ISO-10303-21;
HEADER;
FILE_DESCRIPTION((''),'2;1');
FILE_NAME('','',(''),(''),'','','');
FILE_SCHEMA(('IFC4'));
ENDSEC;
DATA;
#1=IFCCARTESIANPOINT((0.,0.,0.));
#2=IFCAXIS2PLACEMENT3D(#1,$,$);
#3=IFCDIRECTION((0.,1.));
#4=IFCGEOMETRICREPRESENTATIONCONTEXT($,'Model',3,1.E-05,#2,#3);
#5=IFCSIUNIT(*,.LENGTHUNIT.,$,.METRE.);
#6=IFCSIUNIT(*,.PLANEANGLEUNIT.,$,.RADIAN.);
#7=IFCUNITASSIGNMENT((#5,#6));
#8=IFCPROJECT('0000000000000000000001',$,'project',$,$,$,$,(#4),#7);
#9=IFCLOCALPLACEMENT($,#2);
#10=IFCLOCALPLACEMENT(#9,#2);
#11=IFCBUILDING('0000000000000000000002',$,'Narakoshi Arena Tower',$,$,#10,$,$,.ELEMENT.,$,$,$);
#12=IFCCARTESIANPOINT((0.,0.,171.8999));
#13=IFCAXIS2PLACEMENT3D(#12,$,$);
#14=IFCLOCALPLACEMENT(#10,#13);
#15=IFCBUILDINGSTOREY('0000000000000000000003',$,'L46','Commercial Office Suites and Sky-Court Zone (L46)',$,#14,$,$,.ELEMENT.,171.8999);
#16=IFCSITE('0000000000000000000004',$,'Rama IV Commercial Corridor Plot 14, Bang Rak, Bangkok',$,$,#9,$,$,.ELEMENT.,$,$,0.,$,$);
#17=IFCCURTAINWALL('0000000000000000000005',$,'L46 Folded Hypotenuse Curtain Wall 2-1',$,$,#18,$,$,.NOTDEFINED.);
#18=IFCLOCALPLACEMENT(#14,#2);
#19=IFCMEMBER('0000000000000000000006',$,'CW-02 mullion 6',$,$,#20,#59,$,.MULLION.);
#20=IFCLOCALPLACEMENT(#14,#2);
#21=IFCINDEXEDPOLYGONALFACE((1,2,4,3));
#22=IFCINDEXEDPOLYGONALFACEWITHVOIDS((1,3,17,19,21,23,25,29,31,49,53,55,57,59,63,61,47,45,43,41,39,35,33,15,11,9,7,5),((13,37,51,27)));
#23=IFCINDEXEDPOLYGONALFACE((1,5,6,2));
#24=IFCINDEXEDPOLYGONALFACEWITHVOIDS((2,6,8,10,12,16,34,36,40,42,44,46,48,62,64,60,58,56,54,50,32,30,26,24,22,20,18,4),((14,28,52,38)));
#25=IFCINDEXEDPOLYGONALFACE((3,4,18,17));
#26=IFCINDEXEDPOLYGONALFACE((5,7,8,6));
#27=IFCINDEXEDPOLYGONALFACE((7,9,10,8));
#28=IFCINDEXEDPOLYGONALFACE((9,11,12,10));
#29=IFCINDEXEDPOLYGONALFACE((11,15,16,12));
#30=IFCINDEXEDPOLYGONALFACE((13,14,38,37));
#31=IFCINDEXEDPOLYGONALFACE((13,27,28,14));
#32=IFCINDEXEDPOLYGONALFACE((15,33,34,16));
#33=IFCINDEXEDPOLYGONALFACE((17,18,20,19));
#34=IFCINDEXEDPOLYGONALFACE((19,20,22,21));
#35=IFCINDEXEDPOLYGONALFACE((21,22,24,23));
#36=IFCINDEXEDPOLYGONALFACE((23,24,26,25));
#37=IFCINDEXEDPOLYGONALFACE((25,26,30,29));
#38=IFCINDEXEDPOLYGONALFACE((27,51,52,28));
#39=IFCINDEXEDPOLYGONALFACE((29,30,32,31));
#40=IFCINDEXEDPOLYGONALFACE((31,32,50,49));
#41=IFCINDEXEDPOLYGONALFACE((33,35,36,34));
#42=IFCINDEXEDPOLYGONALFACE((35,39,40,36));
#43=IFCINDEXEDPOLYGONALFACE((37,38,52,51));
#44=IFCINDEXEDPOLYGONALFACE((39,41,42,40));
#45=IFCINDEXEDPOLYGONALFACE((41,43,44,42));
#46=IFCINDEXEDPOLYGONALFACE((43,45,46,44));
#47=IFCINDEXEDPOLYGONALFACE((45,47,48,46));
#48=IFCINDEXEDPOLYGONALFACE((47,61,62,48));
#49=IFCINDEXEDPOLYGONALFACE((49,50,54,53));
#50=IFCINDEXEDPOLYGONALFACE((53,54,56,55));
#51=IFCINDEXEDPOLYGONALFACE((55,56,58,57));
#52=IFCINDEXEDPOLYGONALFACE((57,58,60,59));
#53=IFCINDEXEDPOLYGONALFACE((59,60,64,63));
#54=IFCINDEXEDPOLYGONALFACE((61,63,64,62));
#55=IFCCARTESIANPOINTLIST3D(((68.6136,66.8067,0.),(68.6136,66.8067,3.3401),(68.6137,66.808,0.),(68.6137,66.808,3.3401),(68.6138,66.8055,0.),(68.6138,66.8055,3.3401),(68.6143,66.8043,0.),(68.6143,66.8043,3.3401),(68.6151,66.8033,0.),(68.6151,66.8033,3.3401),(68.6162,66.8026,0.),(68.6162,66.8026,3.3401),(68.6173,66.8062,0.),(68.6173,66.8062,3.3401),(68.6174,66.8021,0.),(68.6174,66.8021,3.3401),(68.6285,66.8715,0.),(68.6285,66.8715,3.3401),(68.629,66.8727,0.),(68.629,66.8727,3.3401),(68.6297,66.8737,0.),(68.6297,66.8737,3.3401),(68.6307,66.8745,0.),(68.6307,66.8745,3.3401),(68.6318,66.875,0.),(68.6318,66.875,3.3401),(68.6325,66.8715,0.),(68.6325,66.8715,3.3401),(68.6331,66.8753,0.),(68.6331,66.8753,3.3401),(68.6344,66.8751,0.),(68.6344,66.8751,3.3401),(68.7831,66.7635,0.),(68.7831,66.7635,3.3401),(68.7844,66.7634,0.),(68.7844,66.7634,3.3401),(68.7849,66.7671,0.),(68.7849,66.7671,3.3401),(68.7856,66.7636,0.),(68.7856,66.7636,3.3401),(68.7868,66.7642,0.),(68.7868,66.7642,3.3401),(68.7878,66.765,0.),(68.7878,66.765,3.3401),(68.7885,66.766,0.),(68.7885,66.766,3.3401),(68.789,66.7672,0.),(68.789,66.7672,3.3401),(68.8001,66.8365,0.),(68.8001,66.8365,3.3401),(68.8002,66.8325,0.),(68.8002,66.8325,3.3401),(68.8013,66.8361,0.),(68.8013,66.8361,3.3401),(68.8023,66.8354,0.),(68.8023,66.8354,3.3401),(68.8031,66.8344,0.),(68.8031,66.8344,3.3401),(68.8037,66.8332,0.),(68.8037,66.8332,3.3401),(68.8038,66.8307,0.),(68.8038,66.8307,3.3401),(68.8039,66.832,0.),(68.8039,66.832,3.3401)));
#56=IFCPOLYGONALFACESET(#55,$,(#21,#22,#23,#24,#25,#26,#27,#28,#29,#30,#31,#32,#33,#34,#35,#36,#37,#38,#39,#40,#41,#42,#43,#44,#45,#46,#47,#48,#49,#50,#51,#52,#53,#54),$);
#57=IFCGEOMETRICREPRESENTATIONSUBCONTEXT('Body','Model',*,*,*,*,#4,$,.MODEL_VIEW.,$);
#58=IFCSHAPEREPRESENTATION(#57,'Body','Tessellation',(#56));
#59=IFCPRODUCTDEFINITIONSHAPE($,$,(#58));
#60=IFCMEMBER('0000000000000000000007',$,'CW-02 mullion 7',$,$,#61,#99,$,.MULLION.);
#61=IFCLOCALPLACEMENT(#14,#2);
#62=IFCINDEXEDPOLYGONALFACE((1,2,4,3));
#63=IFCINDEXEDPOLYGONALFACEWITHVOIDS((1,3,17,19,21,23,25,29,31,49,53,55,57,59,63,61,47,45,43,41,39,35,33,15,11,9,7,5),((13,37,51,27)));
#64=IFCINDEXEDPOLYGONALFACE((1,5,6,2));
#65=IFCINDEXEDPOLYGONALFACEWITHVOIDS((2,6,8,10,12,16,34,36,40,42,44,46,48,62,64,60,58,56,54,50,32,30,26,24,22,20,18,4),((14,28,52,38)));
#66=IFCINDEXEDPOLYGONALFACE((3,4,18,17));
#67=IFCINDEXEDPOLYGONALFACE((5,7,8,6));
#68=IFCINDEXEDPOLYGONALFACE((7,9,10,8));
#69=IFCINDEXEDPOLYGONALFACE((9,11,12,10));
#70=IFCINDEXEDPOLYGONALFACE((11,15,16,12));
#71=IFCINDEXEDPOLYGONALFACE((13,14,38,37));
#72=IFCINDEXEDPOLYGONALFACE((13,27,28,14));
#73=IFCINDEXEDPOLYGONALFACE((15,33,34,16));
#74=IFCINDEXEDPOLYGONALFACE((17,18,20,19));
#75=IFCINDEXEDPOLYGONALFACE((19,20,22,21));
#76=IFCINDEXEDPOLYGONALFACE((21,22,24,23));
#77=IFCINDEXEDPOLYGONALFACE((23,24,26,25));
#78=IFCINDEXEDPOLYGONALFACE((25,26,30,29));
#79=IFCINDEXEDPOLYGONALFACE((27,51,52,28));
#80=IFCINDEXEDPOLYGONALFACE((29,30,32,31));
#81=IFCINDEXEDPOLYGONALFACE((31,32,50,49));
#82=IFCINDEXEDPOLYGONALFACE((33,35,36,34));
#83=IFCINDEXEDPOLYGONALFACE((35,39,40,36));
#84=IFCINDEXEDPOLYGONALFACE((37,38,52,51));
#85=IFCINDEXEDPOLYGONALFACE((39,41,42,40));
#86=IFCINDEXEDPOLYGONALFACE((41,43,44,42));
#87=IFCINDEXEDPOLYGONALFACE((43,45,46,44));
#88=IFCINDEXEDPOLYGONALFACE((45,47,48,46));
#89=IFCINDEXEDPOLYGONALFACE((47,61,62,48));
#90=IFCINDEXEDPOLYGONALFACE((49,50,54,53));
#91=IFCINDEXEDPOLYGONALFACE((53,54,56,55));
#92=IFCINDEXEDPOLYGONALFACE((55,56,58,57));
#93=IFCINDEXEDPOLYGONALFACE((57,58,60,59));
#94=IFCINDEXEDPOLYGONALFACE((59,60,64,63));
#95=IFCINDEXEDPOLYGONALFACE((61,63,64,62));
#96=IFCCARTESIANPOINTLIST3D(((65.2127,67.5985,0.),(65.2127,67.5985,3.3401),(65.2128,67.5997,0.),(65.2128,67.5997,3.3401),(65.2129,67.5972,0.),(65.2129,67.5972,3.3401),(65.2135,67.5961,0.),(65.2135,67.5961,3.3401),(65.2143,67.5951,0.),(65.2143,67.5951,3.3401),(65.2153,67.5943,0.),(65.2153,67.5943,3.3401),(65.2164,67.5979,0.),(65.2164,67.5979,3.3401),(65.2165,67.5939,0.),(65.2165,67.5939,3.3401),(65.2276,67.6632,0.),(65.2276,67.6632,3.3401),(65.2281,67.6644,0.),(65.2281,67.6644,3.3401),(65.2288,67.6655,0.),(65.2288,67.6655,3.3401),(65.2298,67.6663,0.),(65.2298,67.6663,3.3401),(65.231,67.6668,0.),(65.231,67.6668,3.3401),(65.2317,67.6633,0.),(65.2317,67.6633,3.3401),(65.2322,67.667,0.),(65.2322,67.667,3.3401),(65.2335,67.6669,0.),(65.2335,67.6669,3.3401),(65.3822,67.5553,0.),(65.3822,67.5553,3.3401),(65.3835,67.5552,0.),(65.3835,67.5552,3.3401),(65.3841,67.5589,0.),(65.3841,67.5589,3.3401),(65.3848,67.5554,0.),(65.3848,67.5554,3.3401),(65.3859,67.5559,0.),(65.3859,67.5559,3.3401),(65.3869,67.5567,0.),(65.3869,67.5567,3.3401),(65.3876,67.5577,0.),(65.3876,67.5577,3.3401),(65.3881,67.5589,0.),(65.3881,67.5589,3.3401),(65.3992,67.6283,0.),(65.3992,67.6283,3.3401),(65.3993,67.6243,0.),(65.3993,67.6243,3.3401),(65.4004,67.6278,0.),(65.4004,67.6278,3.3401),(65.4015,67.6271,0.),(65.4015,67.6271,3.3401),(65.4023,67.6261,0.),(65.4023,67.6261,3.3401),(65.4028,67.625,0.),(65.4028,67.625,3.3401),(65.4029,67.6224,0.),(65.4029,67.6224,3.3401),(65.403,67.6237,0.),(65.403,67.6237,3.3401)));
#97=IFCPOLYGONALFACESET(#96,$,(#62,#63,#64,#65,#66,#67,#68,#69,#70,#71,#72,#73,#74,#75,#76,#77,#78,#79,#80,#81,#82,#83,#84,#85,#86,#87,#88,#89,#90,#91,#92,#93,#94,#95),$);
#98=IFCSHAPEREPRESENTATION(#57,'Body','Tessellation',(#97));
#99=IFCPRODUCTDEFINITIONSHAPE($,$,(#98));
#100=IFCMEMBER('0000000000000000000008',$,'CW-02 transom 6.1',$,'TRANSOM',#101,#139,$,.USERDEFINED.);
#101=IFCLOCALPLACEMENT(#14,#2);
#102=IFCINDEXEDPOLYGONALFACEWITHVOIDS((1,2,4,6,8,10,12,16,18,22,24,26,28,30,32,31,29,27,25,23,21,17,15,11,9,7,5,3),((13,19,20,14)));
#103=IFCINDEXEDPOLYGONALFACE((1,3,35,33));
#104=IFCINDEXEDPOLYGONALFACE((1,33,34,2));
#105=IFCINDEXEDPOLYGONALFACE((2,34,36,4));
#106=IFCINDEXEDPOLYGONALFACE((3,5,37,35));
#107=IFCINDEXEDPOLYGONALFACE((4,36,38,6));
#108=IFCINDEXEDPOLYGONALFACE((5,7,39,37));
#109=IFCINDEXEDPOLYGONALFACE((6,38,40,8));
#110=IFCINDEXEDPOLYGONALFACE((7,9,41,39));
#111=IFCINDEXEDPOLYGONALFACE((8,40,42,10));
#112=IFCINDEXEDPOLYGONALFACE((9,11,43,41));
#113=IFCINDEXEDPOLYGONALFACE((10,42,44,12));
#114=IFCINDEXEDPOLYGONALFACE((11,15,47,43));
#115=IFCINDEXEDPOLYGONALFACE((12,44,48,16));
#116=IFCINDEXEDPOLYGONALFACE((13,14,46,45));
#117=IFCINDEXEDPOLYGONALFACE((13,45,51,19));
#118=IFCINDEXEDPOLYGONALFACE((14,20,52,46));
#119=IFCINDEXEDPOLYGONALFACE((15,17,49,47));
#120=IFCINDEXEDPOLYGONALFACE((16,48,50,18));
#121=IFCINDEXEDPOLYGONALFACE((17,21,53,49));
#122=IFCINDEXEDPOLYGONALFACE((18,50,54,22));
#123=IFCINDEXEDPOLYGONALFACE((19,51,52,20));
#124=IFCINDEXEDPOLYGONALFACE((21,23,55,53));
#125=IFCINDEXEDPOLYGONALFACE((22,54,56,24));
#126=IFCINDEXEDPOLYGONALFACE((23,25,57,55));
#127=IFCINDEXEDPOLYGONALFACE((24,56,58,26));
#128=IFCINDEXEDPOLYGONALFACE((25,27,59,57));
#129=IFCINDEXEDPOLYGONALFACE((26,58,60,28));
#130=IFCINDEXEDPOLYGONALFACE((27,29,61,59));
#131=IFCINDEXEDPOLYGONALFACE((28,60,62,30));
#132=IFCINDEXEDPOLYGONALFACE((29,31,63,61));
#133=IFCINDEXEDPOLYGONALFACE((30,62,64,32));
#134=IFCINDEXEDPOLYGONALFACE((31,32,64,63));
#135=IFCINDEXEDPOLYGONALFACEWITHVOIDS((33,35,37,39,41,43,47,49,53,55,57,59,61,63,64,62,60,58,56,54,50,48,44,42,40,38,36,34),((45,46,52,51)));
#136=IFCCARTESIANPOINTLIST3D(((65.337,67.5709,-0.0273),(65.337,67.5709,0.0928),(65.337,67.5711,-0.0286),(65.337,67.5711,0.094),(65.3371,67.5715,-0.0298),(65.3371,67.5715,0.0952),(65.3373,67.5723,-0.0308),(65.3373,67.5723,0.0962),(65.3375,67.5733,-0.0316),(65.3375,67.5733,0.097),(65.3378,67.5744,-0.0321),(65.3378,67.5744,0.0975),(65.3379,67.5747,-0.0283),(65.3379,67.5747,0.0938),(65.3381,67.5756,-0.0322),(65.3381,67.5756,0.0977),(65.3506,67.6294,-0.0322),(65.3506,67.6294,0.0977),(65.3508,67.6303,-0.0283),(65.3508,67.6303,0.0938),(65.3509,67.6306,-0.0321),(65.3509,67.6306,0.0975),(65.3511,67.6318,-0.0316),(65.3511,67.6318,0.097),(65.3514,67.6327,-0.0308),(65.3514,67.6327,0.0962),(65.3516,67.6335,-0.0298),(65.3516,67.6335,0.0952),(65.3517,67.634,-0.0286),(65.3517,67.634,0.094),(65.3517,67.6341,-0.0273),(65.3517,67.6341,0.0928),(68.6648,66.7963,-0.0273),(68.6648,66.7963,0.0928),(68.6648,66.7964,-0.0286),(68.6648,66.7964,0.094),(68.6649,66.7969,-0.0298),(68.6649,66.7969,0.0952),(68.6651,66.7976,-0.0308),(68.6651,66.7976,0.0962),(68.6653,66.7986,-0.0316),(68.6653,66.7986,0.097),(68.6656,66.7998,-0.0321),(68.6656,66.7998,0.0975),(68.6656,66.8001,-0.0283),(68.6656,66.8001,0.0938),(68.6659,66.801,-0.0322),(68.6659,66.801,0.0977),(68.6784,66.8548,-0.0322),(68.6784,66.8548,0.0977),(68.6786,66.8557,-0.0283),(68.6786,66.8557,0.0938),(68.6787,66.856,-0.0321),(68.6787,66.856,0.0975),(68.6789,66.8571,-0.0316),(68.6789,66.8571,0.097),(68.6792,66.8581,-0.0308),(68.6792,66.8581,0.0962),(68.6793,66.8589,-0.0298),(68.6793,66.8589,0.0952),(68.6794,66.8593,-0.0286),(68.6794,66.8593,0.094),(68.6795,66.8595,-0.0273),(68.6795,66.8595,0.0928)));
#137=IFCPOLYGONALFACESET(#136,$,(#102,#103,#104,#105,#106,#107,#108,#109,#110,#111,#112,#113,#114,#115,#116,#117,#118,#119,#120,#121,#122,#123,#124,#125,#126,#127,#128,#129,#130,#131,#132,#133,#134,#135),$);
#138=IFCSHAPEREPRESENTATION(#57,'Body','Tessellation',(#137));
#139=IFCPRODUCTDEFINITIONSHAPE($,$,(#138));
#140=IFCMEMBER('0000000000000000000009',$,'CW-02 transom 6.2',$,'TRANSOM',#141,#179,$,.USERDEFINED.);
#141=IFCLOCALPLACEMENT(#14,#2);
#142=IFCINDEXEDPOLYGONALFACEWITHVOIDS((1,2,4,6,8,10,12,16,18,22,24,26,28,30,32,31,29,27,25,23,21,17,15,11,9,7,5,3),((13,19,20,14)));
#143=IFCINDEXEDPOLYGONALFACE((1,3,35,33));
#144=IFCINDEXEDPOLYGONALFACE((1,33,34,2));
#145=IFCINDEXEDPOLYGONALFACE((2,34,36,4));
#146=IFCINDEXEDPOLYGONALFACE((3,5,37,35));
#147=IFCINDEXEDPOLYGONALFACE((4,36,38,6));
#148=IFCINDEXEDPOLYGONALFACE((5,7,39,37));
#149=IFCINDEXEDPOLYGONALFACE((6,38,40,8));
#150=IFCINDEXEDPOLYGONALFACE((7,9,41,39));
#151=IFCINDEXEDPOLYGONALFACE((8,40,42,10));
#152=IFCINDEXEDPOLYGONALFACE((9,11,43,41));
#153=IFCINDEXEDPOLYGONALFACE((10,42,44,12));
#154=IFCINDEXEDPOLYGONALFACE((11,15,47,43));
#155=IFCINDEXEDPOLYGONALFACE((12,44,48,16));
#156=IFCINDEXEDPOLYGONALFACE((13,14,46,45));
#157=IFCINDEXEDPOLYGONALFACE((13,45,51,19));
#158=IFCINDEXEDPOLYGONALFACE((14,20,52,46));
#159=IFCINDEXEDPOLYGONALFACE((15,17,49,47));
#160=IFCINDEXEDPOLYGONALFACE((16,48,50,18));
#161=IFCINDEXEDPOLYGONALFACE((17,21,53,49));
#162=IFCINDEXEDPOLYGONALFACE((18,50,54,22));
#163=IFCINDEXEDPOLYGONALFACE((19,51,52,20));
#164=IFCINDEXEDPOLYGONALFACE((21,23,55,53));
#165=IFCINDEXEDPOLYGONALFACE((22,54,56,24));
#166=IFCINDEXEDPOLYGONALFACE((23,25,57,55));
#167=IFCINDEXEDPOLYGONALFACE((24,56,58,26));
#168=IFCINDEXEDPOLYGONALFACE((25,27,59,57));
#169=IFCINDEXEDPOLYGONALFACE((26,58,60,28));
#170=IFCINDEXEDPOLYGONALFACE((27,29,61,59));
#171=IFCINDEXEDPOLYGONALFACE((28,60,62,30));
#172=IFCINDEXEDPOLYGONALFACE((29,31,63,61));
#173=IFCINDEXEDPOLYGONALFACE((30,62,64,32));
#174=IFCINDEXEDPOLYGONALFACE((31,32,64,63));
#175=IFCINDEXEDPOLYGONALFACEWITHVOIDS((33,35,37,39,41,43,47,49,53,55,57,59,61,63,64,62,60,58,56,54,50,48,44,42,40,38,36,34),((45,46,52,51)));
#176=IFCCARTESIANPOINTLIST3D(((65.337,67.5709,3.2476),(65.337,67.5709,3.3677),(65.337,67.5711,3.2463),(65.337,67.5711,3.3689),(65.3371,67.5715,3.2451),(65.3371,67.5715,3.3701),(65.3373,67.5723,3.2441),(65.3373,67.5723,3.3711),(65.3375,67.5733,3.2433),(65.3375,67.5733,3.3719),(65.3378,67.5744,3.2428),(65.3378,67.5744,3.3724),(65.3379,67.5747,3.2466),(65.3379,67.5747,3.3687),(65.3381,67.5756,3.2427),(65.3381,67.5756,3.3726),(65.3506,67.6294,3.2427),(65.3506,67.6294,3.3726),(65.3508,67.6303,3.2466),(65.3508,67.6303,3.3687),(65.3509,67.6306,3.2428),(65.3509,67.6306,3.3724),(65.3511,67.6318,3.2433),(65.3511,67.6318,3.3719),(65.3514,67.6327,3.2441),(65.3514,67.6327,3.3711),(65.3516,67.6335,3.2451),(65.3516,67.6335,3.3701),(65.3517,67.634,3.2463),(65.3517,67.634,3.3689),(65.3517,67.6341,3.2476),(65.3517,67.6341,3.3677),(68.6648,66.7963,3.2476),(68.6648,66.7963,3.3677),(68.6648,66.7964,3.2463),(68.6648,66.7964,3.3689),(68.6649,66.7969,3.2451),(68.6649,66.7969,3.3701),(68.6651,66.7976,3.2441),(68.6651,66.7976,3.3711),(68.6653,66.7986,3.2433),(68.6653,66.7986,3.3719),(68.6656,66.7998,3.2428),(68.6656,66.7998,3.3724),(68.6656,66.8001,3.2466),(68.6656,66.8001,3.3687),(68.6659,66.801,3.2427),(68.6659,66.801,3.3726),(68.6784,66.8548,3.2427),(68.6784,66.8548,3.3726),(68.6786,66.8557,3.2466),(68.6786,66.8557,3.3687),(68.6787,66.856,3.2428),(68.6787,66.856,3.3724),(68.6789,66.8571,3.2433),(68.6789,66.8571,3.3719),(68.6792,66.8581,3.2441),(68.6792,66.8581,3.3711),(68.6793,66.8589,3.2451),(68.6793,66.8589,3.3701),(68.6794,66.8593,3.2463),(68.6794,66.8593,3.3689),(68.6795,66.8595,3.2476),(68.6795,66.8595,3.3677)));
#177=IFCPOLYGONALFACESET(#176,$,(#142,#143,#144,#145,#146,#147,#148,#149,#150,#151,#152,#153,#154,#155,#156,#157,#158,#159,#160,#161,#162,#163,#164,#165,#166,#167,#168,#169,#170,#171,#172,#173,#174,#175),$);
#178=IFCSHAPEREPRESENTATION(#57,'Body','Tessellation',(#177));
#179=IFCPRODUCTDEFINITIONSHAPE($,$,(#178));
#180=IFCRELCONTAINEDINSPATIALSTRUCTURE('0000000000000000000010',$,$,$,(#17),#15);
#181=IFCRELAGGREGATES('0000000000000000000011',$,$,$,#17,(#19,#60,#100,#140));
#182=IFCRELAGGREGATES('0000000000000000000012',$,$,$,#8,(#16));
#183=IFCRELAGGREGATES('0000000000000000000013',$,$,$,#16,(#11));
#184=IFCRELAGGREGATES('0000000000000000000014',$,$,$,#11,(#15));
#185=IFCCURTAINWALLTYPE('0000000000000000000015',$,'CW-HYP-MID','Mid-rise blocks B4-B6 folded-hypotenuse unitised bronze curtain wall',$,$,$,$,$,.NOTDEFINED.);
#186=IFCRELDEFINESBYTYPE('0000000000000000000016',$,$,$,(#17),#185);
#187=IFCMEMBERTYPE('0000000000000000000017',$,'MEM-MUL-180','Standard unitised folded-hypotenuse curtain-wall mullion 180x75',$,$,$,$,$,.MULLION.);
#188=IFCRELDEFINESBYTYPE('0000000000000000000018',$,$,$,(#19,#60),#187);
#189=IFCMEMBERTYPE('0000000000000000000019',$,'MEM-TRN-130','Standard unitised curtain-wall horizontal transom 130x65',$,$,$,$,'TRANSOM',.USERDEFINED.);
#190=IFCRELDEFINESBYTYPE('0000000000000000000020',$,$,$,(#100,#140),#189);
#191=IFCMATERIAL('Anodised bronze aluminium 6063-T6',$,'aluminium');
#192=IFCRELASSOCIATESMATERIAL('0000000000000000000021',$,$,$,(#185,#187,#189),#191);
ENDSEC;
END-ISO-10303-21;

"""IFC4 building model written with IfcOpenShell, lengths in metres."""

from ifc_helpers import new_model, si_unit, direction, frame, origin, origin_2d, place, context, subcontext, project, spatial, hollow_rectangle, extrude, material, material_profile, profile_set, type_object, element, aggregate, save


model = new_model("IFC4")

# Units and contexts
model_context = context("Model", 3, precision=1e-05, world=origin(), true_north=direction((0.0, 1.0)))
body_context = subcontext(model_context, "Body", "Model", "MODEL_VIEW")
ifc_project = project(units=[si_unit("LENGTHUNIT", "METRE"), si_unit("PLANEANGLEUNIT", "RADIAN")], contexts=[model_context])

# Site, building, storey
site_placement = place(None, origin())
site = spatial("IfcSite", under=ifc_project, at=site_placement, Name="Rama IV Commercial Corridor Plot 14, Bang Rak, Bangkok", CompositionType="ELEMENT", RefElevation=0.0)
building_placement = place(site_placement, origin())
building = spatial("IfcBuilding", under=site, at=building_placement, Name="Narakoshi Arena Tower", CompositionType="ELEMENT")
storey_placement = place(building_placement, frame((0.0, 0.0, 171.8999)))
storey = spatial("IfcBuildingStorey", under=building, at=storey_placement, Name="L46", Description="Commercial Office Suites and Sky-Court Zone (L46)", CompositionType="ELEMENT", Elevation=171.8999)

# Curtain wall, members
ifc_material_1 = material(Name="Anodised bronze aluminium 6063-T6", Category="aluminium")
curtain_wall_type = type_object("IfcCurtainWallType", Name="CW-HYP-MID", Description="Mid-rise blocks B4-B6 folded-hypotenuse unitised bronze curtain wall", PredefinedType="NOTDEFINED", material=ifc_material_1)
curtain_wall_placement = place(storey_placement, origin())
curtain_wall = element("IfcCurtainWall", 1, at=curtain_wall_placement, inside=storey, type_object=curtain_wall_type, Name="L46 Folded Hypotenuse Curtain Wall 2-1", PredefinedType="NOTDEFINED")
ifc_material_profile_1 = material_profile(ifc_material_1, hollow_rectangle(XDim=0.075, YDim=0.1799, WallThickness=0.0039, OuterFilletRadius=0.0049, at=origin_2d()), Name="MUL180x75x4")
ifc_profile_set_1 = profile_set([ifc_material_profile_1], Name="Anodised bronze aluminium 6063-T6")
member_type_1 = type_object("IfcMemberType", Name="MEM-MUL-180", Description="Standard unitised folded-hypotenuse curtain-wall mullion 180x75", PredefinedType="MULLION", material=ifc_profile_set_1)
member_1_placement = place(storey_placement, frame((68.7087, 66.8193, 0.0), z_axis=(0.0, 0.0, 1.0), x_axis=(-0.226721, -0.97396, 0.0)))
member_1 = element("IfcMember", 2, at=member_1_placement, type_object=member_type_1, Name="CW-02 mullion 6", PredefinedType="MULLION", context=body_context, shape_type="SweptSolid", body=[
    extrude(hollow_rectangle(XDim=0.075, YDim=0.1799, WallThickness=0.0039, OuterFilletRadius=0.0049, at=origin_2d()), origin(), (0.0, 0.0, 1.0), 3.3401),
])
member_2_placement = place(storey_placement, frame((65.3079, 67.6111, 0.0), z_axis=(0.0, 0.0, 1.0), x_axis=(-0.226721, -0.97396, 0.0)))
member_2 = element("IfcMember", 3, at=member_2_placement, type_object=member_type_1, Name="CW-02 mullion 7", PredefinedType="MULLION", context=body_context, shape_type="SweptSolid", body=[
    extrude(hollow_rectangle(XDim=0.075, YDim=0.1799, WallThickness=0.0039, OuterFilletRadius=0.0049, at=origin_2d()), origin(), (0.0, 0.0, 1.0), 3.3401),
])
ifc_material_profile_2 = material_profile(ifc_material_1, hollow_rectangle(XDim=0.0649, YDim=0.1299, WallThickness=0.0039, OuterFilletRadius=0.0049, at=origin_2d()), Name="TRN130x65x4")
ifc_profile_set_2 = profile_set([ifc_material_profile_2], Name="Anodised bronze aluminium 6063-T6")
member_type_2 = type_object("IfcMemberType", Name="MEM-TRN-130", Description="Standard unitised curtain-wall horizontal transom 130x65", ElementType="TRANSOM", PredefinedType="USERDEFINED", material=ifc_profile_set_2)
member_3_placement = place(storey_placement, frame((68.6721, 66.8279, 0.0327), z_axis=(-0.973961, 0.226717, 0.0), x_axis=(-0.226717, -0.973961, 0.0)))
member_3 = element("IfcMember", 4, at=member_3_placement, type_object=member_type_2, Name="CW-02 transom 6.1", ObjectType="TRANSOM", PredefinedType="USERDEFINED", context=body_context, shape_type="SweptSolid", body=[
    extrude(hollow_rectangle(XDim=0.0649, YDim=0.1299, WallThickness=0.0039, OuterFilletRadius=0.0049, at=origin_2d()), origin(), (0.0, 0.0, 1.0), 3.4167),
])
member_4_placement = place(storey_placement, frame((68.6721, 66.8279, 3.3076), z_axis=(-0.973961, 0.226717, 0.0), x_axis=(-0.226717, -0.973961, 0.0)))
member_4 = element("IfcMember", 5, at=member_4_placement, type_object=member_type_2, Name="CW-02 transom 6.2", ObjectType="TRANSOM", PredefinedType="USERDEFINED", context=body_context, shape_type="SweptSolid", body=[
    extrude(hollow_rectangle(XDim=0.0649, YDim=0.1299, WallThickness=0.0039, OuterFilletRadius=0.0049, at=origin_2d()), origin(), (0.0, 0.0, 1.0), 3.4167),
])
aggregate(curtain_wall, [member_1, member_2, member_3, member_4])

save(model, "model.ifc")
